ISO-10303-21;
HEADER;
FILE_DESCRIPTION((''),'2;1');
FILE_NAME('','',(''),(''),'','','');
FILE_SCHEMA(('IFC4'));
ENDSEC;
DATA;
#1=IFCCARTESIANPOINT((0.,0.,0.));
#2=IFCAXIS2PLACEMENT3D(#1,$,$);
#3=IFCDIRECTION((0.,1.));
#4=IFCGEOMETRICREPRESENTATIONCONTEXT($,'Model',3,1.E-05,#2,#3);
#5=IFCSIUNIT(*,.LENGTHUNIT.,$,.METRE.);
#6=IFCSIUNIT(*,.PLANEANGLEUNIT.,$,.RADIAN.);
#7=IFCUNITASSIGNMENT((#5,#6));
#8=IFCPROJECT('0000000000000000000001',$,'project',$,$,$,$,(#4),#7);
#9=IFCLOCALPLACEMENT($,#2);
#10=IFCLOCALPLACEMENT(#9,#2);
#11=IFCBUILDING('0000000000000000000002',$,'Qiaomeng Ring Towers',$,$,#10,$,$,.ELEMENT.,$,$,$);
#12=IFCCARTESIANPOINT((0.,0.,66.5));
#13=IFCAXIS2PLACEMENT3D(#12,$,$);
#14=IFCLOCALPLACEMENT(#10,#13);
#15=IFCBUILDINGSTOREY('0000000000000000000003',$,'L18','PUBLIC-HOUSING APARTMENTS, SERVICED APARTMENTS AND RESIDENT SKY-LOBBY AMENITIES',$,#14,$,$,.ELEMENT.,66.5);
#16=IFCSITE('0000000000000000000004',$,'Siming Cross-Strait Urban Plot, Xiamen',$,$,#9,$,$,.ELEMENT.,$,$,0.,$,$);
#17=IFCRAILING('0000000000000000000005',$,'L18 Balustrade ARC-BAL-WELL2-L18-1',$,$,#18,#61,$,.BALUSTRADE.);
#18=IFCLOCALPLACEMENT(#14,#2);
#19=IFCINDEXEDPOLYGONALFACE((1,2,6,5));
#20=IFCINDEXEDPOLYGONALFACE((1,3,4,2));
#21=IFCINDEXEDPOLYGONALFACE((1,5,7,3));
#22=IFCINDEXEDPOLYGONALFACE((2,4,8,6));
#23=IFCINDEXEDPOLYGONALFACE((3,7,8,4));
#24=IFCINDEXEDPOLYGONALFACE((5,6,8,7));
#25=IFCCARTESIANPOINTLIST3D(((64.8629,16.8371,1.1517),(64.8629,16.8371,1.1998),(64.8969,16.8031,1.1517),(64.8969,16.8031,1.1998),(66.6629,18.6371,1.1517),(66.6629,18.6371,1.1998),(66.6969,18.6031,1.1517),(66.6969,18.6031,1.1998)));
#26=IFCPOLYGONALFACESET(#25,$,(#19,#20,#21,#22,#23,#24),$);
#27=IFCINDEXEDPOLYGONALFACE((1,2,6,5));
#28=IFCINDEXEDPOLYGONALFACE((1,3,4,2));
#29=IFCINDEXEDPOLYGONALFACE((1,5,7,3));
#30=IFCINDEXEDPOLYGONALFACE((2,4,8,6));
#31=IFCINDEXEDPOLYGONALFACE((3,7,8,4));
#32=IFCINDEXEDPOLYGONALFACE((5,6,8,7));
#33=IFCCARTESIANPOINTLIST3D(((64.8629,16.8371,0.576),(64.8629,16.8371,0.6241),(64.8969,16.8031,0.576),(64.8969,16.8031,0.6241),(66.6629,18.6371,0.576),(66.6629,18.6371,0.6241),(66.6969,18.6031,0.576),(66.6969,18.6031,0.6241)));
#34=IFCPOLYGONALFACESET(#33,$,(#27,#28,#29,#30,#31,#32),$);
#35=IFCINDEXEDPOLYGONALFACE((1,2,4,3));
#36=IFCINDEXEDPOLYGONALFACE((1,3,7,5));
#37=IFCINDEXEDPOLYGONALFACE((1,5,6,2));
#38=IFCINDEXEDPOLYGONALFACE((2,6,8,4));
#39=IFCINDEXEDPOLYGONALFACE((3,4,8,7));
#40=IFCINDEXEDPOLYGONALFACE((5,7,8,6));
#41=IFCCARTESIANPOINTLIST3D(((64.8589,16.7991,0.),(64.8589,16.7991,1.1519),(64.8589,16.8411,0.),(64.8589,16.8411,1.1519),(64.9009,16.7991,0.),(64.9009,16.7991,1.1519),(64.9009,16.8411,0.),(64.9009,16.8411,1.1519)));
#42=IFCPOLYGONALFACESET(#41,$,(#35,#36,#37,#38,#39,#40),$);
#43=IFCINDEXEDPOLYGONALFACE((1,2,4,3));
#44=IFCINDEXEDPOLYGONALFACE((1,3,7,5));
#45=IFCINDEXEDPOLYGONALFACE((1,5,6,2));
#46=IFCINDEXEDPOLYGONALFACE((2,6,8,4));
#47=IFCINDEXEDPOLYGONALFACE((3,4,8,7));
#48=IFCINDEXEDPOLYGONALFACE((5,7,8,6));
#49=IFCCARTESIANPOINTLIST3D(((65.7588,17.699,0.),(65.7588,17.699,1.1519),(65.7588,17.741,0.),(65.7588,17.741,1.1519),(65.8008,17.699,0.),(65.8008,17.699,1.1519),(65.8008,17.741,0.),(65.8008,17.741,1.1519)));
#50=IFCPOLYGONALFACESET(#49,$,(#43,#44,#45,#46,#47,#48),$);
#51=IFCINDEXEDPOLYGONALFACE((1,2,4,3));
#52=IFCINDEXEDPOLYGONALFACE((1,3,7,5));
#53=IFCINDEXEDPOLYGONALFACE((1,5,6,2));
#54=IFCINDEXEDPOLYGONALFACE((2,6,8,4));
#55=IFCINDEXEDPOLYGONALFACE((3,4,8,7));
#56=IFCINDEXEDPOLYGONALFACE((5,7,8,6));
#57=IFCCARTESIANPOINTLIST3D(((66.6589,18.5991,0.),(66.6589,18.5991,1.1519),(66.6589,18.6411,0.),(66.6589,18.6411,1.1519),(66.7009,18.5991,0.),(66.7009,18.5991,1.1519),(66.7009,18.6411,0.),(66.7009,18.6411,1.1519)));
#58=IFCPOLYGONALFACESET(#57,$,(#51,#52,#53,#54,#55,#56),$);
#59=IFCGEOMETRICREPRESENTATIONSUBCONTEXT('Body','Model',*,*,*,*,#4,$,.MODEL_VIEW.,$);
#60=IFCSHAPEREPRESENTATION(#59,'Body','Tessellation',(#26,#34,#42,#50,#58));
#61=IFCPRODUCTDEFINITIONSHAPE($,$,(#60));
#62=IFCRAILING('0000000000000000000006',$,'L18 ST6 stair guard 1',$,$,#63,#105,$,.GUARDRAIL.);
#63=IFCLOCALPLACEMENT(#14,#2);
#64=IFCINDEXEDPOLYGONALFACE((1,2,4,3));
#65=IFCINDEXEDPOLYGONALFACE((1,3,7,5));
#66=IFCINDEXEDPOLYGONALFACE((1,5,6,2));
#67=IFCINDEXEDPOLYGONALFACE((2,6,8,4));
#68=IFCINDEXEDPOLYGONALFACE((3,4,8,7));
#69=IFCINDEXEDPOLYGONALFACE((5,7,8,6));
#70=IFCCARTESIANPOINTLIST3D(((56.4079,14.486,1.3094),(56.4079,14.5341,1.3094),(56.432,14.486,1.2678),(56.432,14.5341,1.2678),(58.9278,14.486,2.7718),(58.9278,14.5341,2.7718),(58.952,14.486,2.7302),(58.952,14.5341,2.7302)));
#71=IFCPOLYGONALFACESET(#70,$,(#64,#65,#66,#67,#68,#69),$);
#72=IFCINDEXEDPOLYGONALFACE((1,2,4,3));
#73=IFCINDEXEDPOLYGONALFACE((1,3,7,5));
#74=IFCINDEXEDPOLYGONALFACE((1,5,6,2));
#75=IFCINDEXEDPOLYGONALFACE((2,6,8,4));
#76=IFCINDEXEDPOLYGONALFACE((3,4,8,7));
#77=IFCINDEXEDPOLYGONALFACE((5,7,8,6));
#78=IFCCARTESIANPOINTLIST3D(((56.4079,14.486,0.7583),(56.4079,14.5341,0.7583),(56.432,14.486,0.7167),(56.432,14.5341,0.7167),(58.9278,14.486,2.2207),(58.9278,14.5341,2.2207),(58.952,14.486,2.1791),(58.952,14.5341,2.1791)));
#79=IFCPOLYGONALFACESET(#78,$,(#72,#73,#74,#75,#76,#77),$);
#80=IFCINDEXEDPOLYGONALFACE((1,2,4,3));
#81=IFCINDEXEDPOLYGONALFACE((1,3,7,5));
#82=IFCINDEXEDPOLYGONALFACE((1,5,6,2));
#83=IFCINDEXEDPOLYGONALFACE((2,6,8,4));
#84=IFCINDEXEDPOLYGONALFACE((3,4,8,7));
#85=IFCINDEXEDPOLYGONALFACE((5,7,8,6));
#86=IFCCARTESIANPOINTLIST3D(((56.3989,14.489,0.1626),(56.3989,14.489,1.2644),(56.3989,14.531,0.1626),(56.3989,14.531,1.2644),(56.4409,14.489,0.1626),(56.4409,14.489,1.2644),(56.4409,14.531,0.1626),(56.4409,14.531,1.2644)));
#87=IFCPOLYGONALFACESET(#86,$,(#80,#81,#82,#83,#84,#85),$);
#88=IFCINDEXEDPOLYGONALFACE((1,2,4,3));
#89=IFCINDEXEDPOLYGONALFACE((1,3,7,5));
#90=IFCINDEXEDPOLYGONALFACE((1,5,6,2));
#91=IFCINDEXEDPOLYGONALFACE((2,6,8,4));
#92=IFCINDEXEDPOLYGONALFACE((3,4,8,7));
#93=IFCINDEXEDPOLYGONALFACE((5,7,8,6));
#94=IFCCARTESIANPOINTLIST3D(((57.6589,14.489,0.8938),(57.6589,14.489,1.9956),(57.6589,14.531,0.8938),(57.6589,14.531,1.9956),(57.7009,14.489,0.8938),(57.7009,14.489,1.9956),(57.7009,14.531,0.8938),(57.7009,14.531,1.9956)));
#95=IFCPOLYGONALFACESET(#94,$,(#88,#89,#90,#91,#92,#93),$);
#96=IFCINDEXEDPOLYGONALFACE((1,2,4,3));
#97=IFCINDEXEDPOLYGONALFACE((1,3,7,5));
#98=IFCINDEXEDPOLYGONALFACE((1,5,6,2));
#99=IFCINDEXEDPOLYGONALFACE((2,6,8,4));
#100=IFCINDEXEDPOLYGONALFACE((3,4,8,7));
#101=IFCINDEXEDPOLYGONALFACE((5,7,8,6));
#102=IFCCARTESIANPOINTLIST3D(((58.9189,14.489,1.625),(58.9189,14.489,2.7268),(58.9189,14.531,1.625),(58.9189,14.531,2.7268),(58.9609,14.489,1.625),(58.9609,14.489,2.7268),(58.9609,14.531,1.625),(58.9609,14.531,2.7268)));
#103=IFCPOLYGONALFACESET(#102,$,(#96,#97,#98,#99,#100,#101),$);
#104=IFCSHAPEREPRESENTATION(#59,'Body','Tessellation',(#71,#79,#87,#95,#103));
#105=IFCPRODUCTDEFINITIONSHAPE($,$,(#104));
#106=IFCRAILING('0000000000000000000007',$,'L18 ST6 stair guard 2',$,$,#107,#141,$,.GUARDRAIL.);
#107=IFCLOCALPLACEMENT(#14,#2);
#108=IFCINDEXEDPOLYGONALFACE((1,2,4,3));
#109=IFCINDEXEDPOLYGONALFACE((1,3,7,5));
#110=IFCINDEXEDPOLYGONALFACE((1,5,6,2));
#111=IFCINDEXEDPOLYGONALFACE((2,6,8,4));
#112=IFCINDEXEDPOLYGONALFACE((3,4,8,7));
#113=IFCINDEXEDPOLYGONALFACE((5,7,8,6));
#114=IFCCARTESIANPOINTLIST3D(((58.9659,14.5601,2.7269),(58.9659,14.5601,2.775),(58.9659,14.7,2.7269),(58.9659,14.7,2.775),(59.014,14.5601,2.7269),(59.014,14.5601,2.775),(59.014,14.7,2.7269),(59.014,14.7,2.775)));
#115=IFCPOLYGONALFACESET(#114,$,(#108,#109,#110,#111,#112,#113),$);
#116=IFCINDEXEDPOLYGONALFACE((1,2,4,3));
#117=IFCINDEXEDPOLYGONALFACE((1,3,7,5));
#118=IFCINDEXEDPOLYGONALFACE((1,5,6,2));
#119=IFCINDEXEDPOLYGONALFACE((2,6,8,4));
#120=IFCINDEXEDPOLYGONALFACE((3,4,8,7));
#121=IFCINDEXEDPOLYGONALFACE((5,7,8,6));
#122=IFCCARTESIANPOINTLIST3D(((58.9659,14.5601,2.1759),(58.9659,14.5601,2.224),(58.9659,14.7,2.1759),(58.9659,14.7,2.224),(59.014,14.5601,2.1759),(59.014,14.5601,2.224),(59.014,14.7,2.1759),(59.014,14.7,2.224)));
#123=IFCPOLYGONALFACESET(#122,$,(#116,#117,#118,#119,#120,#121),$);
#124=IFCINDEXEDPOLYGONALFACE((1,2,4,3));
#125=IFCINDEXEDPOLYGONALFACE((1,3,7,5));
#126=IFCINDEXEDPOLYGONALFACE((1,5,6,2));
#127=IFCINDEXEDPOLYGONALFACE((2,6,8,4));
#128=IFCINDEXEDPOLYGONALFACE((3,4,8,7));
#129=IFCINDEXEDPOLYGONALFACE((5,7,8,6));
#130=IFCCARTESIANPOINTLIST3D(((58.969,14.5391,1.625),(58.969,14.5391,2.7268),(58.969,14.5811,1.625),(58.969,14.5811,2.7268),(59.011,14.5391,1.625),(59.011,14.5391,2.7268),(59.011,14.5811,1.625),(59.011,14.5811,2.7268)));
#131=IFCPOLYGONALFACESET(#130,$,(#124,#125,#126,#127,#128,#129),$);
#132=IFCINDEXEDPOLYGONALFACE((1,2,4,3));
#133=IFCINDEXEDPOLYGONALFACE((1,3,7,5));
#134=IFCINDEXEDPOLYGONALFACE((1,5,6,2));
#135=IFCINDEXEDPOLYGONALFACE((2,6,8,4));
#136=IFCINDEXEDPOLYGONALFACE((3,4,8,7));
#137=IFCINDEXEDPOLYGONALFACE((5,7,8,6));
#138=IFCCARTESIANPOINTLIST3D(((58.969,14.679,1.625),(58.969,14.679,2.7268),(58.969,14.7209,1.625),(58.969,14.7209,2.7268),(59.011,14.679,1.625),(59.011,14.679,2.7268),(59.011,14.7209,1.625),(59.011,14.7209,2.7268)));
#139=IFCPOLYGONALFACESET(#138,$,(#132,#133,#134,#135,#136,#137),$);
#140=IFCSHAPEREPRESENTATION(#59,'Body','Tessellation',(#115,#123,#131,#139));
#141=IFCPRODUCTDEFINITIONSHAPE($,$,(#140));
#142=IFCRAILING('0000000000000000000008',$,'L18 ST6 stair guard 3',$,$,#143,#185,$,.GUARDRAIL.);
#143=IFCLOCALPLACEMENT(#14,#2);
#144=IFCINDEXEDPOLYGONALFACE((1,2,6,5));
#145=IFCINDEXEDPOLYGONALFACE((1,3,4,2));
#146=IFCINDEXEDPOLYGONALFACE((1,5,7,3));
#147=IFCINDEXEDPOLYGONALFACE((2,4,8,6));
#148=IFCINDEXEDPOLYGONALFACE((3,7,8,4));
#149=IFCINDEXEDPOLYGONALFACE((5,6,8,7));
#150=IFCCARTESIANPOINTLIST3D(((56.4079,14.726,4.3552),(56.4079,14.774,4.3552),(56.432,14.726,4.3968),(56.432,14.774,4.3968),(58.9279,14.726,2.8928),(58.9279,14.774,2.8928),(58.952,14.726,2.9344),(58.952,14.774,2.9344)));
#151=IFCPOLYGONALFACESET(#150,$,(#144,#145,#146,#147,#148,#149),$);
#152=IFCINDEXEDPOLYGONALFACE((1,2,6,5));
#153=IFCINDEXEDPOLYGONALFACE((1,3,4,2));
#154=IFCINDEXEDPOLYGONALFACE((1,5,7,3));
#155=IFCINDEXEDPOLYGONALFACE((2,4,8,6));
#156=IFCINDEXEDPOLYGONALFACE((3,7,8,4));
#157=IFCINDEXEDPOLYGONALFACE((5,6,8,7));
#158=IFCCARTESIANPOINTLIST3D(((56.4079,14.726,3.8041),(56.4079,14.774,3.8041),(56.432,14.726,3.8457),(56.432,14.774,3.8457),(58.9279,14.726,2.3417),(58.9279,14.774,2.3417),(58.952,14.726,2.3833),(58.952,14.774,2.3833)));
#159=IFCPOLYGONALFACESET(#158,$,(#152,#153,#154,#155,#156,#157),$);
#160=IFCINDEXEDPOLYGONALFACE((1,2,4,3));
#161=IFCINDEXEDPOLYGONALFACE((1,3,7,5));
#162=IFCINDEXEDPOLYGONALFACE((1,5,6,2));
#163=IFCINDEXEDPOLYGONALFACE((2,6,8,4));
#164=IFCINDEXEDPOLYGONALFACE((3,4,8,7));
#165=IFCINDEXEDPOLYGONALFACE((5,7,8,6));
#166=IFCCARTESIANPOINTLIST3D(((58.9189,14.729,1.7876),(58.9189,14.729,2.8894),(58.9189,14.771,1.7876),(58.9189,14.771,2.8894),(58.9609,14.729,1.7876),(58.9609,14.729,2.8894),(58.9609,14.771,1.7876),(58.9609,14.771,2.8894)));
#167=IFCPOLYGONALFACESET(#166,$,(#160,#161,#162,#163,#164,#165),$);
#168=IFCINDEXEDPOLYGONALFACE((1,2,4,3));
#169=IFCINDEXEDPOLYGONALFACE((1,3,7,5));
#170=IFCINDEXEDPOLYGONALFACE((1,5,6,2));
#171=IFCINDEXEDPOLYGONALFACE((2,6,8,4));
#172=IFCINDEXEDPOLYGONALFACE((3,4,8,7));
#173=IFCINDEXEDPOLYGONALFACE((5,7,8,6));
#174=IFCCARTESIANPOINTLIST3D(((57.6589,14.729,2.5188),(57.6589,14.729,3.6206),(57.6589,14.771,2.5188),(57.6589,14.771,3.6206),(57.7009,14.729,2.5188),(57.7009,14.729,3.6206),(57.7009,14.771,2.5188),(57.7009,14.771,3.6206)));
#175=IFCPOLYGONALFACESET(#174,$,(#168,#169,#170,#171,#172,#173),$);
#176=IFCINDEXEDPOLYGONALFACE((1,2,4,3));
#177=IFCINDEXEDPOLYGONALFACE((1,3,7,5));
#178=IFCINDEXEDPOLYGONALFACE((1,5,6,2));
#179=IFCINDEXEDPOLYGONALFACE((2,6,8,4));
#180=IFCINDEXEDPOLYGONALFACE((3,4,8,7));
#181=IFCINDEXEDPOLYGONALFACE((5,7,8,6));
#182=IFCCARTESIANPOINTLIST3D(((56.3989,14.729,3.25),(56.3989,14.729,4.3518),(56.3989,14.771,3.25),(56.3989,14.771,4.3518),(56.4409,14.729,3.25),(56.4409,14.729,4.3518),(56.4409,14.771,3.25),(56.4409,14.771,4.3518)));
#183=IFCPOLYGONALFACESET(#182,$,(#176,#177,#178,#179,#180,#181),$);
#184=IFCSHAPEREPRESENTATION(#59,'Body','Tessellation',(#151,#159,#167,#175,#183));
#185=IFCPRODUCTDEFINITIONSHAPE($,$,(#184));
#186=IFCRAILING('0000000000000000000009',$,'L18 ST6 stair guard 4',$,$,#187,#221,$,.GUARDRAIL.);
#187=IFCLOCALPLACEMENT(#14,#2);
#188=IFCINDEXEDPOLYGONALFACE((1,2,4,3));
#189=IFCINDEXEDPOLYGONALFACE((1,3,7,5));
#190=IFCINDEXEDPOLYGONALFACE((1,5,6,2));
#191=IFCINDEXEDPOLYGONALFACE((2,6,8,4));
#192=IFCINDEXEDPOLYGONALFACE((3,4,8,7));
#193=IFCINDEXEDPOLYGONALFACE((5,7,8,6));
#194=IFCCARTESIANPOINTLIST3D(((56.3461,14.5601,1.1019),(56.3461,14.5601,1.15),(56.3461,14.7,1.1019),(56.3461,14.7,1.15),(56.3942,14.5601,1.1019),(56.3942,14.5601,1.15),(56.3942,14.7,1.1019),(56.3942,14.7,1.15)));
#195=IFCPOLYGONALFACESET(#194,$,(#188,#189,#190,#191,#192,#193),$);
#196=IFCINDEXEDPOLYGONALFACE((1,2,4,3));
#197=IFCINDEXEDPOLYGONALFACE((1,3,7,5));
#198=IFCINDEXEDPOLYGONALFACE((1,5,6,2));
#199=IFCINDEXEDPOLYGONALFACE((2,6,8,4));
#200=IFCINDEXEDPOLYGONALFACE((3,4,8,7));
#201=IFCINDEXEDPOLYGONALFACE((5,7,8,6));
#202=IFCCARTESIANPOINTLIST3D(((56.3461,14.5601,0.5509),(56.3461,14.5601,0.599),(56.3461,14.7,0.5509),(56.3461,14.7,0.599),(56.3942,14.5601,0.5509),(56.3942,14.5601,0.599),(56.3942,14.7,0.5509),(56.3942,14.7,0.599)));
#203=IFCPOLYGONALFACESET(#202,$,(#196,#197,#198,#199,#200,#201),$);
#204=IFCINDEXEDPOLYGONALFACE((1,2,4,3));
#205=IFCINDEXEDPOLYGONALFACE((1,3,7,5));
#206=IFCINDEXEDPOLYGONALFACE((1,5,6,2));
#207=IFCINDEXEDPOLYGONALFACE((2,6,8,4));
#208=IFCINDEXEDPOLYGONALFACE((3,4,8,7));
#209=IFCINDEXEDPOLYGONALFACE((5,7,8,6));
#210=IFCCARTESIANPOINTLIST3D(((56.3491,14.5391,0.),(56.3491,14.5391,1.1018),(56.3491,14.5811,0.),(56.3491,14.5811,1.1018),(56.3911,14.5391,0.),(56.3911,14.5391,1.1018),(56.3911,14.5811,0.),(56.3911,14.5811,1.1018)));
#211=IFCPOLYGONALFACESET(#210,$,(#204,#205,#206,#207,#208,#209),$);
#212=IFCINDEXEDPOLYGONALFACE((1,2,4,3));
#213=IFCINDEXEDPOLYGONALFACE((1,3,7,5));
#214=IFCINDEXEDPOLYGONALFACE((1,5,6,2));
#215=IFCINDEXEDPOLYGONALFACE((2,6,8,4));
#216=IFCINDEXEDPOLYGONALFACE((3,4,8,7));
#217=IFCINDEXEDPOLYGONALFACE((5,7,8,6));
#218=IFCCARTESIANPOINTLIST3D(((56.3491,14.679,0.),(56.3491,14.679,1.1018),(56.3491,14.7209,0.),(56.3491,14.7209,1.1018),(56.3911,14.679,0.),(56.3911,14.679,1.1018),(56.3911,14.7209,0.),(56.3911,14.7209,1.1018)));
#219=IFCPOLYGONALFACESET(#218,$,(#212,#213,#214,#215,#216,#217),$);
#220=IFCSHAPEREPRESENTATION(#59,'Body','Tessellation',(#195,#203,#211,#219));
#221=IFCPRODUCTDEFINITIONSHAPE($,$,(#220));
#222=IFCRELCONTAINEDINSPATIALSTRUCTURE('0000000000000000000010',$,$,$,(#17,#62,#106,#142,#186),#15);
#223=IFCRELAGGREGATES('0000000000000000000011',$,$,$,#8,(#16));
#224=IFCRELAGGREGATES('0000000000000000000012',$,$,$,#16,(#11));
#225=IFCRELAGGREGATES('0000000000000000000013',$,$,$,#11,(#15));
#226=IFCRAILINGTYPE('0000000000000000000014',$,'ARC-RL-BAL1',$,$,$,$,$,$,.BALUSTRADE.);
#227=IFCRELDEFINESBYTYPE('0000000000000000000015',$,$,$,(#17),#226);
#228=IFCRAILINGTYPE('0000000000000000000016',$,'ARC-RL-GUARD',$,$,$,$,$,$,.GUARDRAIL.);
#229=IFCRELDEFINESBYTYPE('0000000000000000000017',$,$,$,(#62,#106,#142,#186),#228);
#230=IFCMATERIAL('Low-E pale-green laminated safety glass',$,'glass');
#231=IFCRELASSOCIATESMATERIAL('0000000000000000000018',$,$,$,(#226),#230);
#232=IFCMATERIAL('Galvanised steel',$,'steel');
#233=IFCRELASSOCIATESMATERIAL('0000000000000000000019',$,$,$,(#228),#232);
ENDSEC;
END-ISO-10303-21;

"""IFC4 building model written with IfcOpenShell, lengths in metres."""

from ifc_helpers import new_model, si_unit, direction, frame, origin, origin_2d, place, context, subcontext, project, spatial, rectangle, extrude, material, type_object, element, save


model = new_model("IFC4")

# Units and contexts
model_context = context("Model", 3, precision=1e-05, world=origin(), true_north=direction((0.0, 1.0)))
body_context = subcontext(model_context, "Body", "Model", "MODEL_VIEW")
ifc_project = project(units=[si_unit("LENGTHUNIT", "METRE"), si_unit("PLANEANGLEUNIT", "RADIAN")], contexts=[model_context])

# Site, building, storey
site_placement = place(None, origin())
site = spatial("IfcSite", under=ifc_project, at=site_placement, Name="Siming Cross-Strait Urban Plot, Xiamen", CompositionType="ELEMENT", RefElevation=0.0)
building_placement = place(site_placement, origin())
building = spatial("IfcBuilding", under=site, at=building_placement, Name="Qiaomeng Ring Towers", CompositionType="ELEMENT")
storey_placement = place(building_placement, frame((0.0, 0.0, 66.5)))
storey = spatial("IfcBuildingStorey", under=building, at=storey_placement, Name="L18", Description="PUBLIC-HOUSING APARTMENTS, SERVICED APARTMENTS AND RESIDENT SKY-LOBBY AMENITIES", CompositionType="ELEMENT", Elevation=66.5)

# Railings
ifc_material_1 = material(Name="Low-E pale-green laminated safety glass", Category="glass")
railing_type_1 = type_object("IfcRailingType", Name="ARC-RL-BAL1", PredefinedType="BALUSTRADE", material=ifc_material_1)
railing_1_placement = place(storey_placement, frame((64.8799, 16.8201, 0.0)))
element("IfcRailing", 1, at=railing_1_placement, inside=storey, type_object=railing_type_1, Name="L18 Balustrade ARC-BAL-WELL2-L18-1", PredefinedType="BALUSTRADE", context=body_context, shape_type="SweptSolid", body=[
    extrude(rectangle(XDim=0.0481, YDim=0.0481, at=origin_2d()), frame((0.0, 0.0, 1.1758), z_axis=(0.707107, 0.707107, 0.0), x_axis=(-0.707107, 0.707107, 0.0)), (0.0, 0.0, 1.0), 2.5457),
    extrude(rectangle(XDim=0.0481, YDim=0.0481, at=origin_2d()), frame((0.0, 0.0, 0.6001), z_axis=(0.707107, 0.707107, 0.0), x_axis=(-0.707107, 0.707107, 0.0)), (0.0, 0.0, 1.0), 2.5457),
    extrude(rectangle(XDim=0.042, YDim=0.042, at=origin_2d()), origin(), (0.0, 0.0, 1.0), 1.1519),
    extrude(rectangle(XDim=0.042, YDim=0.042, at=origin_2d()), frame((0.8999, 0.8999, 0.0)), (0.0, 0.0, 1.0), 1.1519),
    extrude(rectangle(XDim=0.042, YDim=0.042, at=origin_2d()), frame((1.8, 1.8, 0.0)), (0.0, 0.0, 1.0), 1.1519),
])
ifc_material_2 = material(Name="Galvanised steel", Category="steel")
railing_type_2 = type_object("IfcRailingType", Name="ARC-RL-GUARD", PredefinedType="GUARDRAIL", material=ifc_material_2)
railing_2_placement = place(storey_placement, frame((56.4199, 14.51, 0.1626)))
element("IfcRailing", 2, at=railing_2_placement, inside=storey, type_object=railing_type_2, Name="L18 ST6 stair guard 1", PredefinedType="GUARDRAIL", context=body_context, shape_type="SweptSolid", body=[
    extrude(rectangle(XDim=0.0481, YDim=0.0481, at=origin_2d()), frame((0.0, 0.0, 1.126), z_axis=(0.864913, 0.0, 0.501921), x_axis=(0.0, 1.0, 0.0)), (0.0, 0.0, 1.0), 2.9136),
    extrude(rectangle(XDim=0.0481, YDim=0.0481, at=origin_2d()), frame((0.0, 0.0, 0.575), z_axis=(0.864913, 0.0, 0.501921), x_axis=(0.0, 1.0, 0.0)), (0.0, 0.0, 1.0), 2.9136),
    extrude(rectangle(XDim=0.042, YDim=0.042, at=origin_2d()), origin(), (0.0, 0.0, 1.0), 1.1018),
    extrude(rectangle(XDim=0.042, YDim=0.042, at=origin_2d()), frame((1.26, 0.0, 0.7312)), (0.0, 0.0, 1.0), 1.1018),
    extrude(rectangle(XDim=0.042, YDim=0.042, at=origin_2d()), frame((2.52, 0.0, 1.4624)), (0.0, 0.0, 1.0), 1.1018),
])
railing_3_placement = place(storey_placement, frame((58.99, 14.5601, 1.625)))
element("IfcRailing", 3, at=railing_3_placement, inside=storey, type_object=railing_type_2, Name="L18 ST6 stair guard 2", PredefinedType="GUARDRAIL", context=body_context, shape_type="SweptSolid", body=[
    extrude(rectangle(XDim=0.0481, YDim=0.0481, at=origin_2d()), frame((0.0, 0.0, 1.126), z_axis=(0.0, 1.0, 0.0), x_axis=(-1.0, 0.0, 0.0)), (0.0, 0.0, 1.0), 0.1399),
    extrude(rectangle(XDim=0.0481, YDim=0.0481, at=origin_2d()), frame((0.0, 0.0, 0.575), z_axis=(0.0, 1.0, 0.0), x_axis=(-1.0, 0.0, 0.0)), (0.0, 0.0, 1.0), 0.1399),
    extrude(rectangle(XDim=0.042, YDim=0.042, at=origin_2d()), origin(), (0.0, 0.0, 1.0), 1.1018),
    extrude(rectangle(XDim=0.042, YDim=0.042, at=origin_2d()), frame((0.0, 0.1399, 0.0)), (0.0, 0.0, 1.0), 1.1018),
])
railing_4_placement = place(storey_placement, frame((58.9399, 14.75, 1.7876)))
element("IfcRailing", 4, at=railing_4_placement, inside=storey, type_object=railing_type_2, Name="L18 ST6 stair guard 3", PredefinedType="GUARDRAIL", context=body_context, shape_type="SweptSolid", body=[
    extrude(rectangle(XDim=0.0481, YDim=0.0481, at=origin_2d()), frame((0.0, 0.0, 1.126), z_axis=(-0.864913, 0.0, 0.501921), x_axis=(0.0, -1.0, 0.0)), (0.0, 0.0, 1.0), 2.9136),
    extrude(rectangle(XDim=0.0481, YDim=0.0481, at=origin_2d()), frame((0.0, 0.0, 0.575), z_axis=(-0.864913, 0.0, 0.501921), x_axis=(0.0, -1.0, 0.0)), (0.0, 0.0, 1.0), 2.9136),
    extrude(rectangle(XDim=0.042, YDim=0.042, at=origin_2d()), origin(), (0.0, 0.0, 1.0), 1.1018),
    extrude(rectangle(XDim=0.042, YDim=0.042, at=origin_2d()), frame((-1.26, 0.0, 0.7312)), (0.0, 0.0, 1.0), 1.1018),
    extrude(rectangle(XDim=0.042, YDim=0.042, at=origin_2d()), frame((-2.52, 0.0, 1.4624)), (0.0, 0.0, 1.0), 1.1018),
])
railing_5_placement = place(storey_placement, frame((56.3701, 14.5601, 0.0)))
element("IfcRailing", 5, at=railing_5_placement, inside=storey, type_object=railing_type_2, Name="L18 ST6 stair guard 4", PredefinedType="GUARDRAIL", context=body_context, shape_type="SweptSolid", body=[
    extrude(rectangle(XDim=0.0481, YDim=0.0481, at=origin_2d()), frame((0.0, 0.0, 1.126), z_axis=(0.0, 1.0, 0.0), x_axis=(-1.0, 0.0, 0.0)), (0.0, 0.0, 1.0), 0.1399),
    extrude(rectangle(XDim=0.0481, YDim=0.0481, at=origin_2d()), frame((0.0, 0.0, 0.575), z_axis=(0.0, 1.0, 0.0), x_axis=(-1.0, 0.0, 0.0)), (0.0, 0.0, 1.0), 0.1399),
    extrude(rectangle(XDim=0.042, YDim=0.042, at=origin_2d()), origin(), (0.0, 0.0, 1.0), 1.1018),
    extrude(rectangle(XDim=0.042, YDim=0.042, at=origin_2d()), frame((0.0, 0.1399, 0.0)), (0.0, 0.0, 1.0), 1.1018),
])

save(model, "model.ifc")
